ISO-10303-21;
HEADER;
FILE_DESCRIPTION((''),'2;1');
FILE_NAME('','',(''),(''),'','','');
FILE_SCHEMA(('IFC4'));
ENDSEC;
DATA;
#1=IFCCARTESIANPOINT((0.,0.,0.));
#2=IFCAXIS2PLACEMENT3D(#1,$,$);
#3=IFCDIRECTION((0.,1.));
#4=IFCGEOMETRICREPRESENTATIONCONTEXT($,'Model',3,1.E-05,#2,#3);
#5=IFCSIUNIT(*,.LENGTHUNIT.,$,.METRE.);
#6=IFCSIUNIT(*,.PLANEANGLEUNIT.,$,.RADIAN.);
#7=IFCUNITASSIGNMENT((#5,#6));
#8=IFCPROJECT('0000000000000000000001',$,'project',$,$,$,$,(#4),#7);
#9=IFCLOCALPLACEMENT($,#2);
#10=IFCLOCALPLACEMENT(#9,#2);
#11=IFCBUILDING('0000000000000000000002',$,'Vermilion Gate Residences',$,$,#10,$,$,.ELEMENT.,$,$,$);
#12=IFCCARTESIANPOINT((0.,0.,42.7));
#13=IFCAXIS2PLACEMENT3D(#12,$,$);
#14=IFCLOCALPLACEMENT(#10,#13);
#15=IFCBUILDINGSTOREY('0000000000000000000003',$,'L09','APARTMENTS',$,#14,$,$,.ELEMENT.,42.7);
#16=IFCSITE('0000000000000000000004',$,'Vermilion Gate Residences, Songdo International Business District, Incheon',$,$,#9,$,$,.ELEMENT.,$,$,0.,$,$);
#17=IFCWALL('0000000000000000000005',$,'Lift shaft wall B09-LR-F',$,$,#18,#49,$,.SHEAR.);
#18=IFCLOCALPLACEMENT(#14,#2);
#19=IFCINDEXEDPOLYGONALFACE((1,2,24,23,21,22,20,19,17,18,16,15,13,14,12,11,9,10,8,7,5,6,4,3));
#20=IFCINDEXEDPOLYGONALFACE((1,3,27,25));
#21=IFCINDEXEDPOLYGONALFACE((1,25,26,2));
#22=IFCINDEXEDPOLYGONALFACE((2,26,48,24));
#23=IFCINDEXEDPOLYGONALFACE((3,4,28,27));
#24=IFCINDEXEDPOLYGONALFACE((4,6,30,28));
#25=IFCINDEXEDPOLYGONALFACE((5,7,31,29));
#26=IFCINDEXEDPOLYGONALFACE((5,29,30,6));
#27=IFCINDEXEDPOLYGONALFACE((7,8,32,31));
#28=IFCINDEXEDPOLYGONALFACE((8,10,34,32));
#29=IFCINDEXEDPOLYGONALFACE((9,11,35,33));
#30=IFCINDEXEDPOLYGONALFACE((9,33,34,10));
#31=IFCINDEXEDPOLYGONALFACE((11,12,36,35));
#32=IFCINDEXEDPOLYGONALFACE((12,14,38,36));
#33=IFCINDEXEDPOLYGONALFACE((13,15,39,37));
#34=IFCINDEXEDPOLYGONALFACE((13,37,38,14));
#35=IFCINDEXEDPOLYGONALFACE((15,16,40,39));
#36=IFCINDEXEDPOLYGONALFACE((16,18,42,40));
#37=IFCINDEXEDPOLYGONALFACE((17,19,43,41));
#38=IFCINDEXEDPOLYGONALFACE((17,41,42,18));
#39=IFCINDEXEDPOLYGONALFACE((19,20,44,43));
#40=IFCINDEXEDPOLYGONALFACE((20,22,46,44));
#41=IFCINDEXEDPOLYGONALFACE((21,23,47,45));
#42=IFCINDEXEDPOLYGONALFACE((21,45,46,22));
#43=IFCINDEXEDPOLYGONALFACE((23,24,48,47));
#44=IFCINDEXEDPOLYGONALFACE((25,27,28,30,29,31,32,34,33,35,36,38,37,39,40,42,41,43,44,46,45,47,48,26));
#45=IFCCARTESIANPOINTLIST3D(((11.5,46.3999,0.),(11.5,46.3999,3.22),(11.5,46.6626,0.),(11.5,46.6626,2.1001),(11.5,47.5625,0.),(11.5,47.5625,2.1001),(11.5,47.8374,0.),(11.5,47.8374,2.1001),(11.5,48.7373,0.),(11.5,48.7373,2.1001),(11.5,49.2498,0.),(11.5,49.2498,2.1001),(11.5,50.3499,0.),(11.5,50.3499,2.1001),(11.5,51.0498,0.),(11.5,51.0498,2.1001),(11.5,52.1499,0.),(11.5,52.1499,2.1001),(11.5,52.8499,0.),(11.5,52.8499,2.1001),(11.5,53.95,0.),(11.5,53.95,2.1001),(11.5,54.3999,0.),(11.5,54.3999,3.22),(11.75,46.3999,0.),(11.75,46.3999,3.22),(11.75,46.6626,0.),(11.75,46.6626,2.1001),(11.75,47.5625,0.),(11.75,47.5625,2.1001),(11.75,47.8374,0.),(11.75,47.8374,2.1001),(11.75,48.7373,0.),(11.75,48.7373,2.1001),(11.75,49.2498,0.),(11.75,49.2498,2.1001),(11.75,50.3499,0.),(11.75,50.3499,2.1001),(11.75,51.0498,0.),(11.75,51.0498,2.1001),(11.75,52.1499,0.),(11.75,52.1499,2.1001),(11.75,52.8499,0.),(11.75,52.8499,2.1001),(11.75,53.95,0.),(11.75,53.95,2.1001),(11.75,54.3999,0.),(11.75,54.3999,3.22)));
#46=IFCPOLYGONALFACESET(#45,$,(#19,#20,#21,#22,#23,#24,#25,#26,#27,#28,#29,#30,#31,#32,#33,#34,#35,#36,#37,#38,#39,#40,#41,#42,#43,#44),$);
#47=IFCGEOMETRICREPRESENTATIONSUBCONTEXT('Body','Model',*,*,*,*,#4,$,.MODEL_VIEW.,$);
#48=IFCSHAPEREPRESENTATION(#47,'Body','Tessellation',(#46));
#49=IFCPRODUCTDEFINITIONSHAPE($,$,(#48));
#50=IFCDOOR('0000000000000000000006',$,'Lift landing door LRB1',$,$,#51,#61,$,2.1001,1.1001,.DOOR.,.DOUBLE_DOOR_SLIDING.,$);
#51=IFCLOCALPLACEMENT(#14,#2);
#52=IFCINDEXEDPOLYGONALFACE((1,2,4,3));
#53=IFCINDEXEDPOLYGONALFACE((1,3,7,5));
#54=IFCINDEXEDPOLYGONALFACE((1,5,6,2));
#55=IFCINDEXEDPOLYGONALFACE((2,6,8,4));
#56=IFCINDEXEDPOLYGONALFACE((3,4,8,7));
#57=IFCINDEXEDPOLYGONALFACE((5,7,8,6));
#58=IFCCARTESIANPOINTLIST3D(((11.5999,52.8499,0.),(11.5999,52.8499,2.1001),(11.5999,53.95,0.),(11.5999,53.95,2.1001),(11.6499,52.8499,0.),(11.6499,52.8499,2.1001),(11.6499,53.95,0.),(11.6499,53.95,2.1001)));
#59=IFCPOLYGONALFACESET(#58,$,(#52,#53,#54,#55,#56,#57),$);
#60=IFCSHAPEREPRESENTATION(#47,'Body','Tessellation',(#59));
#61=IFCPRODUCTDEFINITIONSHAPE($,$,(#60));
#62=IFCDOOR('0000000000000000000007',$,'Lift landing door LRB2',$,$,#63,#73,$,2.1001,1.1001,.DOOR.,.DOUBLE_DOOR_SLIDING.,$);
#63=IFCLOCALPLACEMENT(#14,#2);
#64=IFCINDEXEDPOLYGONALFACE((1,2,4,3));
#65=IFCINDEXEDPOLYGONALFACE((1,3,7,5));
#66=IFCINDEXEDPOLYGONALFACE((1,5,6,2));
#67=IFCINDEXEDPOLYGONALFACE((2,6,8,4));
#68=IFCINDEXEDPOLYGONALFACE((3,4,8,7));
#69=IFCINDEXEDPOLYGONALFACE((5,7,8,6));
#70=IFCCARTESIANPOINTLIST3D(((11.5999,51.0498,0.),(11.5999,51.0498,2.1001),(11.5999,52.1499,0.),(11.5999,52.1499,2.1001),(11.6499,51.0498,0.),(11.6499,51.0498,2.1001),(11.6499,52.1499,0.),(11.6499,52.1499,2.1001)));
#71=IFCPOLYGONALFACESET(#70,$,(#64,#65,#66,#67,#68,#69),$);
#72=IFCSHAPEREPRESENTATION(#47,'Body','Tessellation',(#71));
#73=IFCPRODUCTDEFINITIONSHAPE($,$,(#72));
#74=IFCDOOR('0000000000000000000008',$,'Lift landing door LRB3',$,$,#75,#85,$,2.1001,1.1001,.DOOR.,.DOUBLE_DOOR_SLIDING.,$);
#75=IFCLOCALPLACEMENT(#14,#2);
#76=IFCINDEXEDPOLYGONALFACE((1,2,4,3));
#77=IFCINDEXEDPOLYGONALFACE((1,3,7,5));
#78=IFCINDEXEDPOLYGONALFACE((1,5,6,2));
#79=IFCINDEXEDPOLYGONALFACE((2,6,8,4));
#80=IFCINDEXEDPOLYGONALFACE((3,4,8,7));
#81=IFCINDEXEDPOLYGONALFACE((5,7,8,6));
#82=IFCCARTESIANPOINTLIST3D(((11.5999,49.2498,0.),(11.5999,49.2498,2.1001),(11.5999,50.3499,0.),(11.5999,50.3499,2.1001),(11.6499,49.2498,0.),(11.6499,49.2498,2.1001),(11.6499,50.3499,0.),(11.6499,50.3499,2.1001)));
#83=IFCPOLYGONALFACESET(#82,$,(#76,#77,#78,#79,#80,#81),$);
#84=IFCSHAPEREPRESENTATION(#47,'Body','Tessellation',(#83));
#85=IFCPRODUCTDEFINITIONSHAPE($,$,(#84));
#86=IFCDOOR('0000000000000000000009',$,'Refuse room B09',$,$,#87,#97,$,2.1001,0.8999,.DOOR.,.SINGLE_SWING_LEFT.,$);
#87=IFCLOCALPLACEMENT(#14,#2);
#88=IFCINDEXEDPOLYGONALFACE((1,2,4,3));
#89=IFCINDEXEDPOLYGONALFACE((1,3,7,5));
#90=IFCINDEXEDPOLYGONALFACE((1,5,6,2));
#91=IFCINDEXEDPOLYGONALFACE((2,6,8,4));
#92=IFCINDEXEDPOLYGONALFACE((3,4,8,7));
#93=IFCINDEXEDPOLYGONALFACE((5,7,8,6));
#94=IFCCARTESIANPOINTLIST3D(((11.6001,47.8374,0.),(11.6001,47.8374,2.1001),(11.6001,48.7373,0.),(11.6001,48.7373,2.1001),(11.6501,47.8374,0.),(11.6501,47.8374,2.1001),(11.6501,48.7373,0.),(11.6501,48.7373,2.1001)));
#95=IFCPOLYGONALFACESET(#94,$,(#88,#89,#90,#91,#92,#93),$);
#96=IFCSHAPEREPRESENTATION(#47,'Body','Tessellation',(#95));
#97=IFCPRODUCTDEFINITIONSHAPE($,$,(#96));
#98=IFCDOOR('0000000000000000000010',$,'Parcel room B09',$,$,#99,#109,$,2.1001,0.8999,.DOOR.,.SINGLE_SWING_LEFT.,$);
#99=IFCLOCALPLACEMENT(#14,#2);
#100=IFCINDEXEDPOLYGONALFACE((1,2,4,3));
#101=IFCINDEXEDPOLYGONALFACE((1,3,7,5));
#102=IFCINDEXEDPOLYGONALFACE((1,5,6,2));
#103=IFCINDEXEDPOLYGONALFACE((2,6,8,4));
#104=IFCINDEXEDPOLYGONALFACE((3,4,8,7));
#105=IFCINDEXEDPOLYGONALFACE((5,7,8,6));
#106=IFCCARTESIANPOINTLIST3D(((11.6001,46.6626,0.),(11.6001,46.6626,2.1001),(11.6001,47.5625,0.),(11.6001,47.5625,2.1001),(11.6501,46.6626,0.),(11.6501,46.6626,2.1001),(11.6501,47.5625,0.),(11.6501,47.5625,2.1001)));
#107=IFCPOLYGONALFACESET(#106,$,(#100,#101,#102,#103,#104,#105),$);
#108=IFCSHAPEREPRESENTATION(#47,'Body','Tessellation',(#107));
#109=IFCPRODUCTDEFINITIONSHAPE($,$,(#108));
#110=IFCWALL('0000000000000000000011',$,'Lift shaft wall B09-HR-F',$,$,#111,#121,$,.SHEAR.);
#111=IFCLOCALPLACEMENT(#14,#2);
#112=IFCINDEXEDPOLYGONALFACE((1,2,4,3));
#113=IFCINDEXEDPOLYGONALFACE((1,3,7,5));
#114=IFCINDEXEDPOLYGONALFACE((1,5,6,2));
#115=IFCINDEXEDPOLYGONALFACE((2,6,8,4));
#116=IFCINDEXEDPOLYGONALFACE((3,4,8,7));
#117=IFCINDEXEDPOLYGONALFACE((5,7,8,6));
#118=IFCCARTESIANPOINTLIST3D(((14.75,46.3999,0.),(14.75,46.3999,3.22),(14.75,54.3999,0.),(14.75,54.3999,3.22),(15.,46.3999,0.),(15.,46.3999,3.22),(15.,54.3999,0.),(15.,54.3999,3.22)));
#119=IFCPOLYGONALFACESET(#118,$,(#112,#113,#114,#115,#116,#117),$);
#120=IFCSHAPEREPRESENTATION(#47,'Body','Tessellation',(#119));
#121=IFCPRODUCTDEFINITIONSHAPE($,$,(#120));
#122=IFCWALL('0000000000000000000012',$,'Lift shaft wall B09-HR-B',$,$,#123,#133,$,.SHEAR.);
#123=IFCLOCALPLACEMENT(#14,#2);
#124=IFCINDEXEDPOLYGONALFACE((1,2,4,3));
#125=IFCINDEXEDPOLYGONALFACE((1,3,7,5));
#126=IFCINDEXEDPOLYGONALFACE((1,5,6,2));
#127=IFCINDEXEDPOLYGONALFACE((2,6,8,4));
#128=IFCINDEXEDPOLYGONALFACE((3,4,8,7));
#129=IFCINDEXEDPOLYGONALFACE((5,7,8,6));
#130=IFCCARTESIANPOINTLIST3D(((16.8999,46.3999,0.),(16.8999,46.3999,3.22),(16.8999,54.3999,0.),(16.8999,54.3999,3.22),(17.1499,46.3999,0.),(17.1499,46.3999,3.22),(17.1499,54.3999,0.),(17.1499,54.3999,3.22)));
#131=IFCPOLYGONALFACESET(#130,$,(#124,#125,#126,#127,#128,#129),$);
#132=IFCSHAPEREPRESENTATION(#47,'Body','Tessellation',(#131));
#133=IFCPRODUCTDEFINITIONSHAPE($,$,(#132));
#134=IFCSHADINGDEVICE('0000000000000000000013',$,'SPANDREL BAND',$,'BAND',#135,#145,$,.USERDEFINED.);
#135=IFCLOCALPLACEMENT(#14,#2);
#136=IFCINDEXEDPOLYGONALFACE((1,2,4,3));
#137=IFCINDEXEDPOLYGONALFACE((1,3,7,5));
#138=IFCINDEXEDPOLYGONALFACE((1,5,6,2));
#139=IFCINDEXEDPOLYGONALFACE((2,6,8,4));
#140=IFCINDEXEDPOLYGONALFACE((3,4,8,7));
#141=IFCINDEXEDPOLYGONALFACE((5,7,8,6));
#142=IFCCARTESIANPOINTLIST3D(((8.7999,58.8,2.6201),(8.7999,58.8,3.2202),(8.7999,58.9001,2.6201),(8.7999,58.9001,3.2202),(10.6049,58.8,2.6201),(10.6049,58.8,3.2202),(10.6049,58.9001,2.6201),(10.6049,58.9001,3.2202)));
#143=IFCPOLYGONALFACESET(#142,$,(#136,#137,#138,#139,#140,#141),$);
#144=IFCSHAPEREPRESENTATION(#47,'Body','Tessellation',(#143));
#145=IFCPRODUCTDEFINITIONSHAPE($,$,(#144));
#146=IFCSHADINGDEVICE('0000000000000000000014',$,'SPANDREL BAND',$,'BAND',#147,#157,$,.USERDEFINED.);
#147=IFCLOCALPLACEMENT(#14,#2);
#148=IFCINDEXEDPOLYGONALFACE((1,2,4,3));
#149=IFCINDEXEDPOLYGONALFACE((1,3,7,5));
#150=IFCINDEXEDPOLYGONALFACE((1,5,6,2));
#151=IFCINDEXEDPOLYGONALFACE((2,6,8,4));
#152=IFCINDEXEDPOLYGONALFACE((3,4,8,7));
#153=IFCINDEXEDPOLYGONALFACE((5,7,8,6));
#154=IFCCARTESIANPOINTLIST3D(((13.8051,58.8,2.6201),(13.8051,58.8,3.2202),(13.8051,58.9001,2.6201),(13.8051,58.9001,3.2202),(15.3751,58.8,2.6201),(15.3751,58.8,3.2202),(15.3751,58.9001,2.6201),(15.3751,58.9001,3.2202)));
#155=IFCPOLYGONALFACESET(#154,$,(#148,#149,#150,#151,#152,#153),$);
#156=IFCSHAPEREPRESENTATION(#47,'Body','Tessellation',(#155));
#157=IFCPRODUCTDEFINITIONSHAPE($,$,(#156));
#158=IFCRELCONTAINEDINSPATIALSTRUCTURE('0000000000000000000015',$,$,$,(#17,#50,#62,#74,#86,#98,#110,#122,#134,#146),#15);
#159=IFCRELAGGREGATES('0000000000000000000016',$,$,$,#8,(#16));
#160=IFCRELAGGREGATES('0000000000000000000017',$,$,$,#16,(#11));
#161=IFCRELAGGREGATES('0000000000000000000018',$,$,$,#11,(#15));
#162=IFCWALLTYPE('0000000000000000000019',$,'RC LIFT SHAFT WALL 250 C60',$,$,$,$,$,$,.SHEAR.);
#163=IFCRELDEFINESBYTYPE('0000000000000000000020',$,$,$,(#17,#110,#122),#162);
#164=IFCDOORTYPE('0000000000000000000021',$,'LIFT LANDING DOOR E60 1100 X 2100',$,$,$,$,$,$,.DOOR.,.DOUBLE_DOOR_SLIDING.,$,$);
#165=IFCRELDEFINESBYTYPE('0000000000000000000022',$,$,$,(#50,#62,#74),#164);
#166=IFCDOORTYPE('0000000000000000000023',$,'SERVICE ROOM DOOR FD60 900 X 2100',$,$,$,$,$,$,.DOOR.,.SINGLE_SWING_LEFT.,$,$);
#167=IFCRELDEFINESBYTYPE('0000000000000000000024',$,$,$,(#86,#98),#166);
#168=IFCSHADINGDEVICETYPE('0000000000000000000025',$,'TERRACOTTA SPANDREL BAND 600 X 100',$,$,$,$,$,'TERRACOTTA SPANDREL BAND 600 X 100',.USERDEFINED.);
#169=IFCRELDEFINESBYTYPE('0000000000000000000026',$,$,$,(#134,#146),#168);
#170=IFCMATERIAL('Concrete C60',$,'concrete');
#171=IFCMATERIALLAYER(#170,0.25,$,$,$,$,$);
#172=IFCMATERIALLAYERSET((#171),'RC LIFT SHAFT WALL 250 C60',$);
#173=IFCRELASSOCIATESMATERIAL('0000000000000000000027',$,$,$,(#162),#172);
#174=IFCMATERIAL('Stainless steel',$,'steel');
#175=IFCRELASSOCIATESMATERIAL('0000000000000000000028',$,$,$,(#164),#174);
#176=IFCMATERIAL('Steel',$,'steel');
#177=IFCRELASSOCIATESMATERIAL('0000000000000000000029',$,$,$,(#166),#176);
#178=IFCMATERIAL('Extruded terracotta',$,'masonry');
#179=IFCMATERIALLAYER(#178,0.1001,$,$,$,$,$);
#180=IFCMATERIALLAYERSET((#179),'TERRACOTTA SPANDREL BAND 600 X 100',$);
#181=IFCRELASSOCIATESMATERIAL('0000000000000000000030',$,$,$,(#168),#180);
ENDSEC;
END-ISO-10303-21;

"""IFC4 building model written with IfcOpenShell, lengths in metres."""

from ifc_helpers import new_model, si_unit, direction, frame, frame_2d, origin, origin_2d, place, context, subcontext, project, spatial, rectangle, extrude, material, layer, layer_set, type_object, element, fill, save


model = new_model("IFC4")

# Units and contexts
model_context = context("Model", 3, precision=1e-05, world=origin(), true_north=direction((0.0, 1.0)))
body_context = subcontext(model_context, "Body", "Model", "MODEL_VIEW")
ifc_project = project(units=[si_unit("LENGTHUNIT", "METRE"), si_unit("PLANEANGLEUNIT", "RADIAN")], contexts=[model_context])

# Site, building, storey
site_placement = place(None, origin())
site = spatial("IfcSite", under=ifc_project, at=site_placement, Name="Vermilion Gate Residences, Songdo International Business District, Incheon", CompositionType="ELEMENT", RefElevation=0.0)
building_placement = place(site_placement, origin())
building = spatial("IfcBuilding", under=site, at=building_placement, Name="Vermilion Gate Residences", CompositionType="ELEMENT")
storey_placement = place(building_placement, frame((0.0, 0.0, 42.7)))
storey = spatial("IfcBuildingStorey", under=building, at=storey_placement, Name="L09", Description="APARTMENTS", CompositionType="ELEMENT", Elevation=42.7)

# Wall, openings, doors
ifc_material_1 = material(Name="Concrete C60", Category="concrete")
ifc_layer_1 = layer(ifc_material_1, 0.25)
ifc_layer_set_1 = layer_set([ifc_layer_1], Name="RC LIFT SHAFT WALL 250 C60")
wall_type_1 = type_object("IfcWallType", Name="RC LIFT SHAFT WALL 250 C60", PredefinedType="SHEAR", material=ifc_layer_set_1)
wall_1_placement = place(storey_placement, frame((11.625, 54.3999, 0.0), z_axis=(0.0, 0.0, 1.0), x_axis=(0.0, -1.0, 0.0)))
wall_1 = element("IfcWall", 1, at=wall_1_placement, inside=storey, type_object=wall_type_1, Name="Lift shaft wall B09-LR-F", PredefinedType="SHEAR", context=body_context, shape_type="SweptSolid", body=[
    extrude(rectangle(XDim=8.0, YDim=0.25, at=frame_2d((4.0, 0.0))), origin(), (0.0, 0.0, 1.0), 3.22),
])
opening_1_placement = place(wall_1_placement, frame((0.45, 0.0, 0.0)))
opening_1 = element("IfcOpeningElement", 2, at=opening_1_placement, cuts=wall_1, PredefinedType="OPENING", context=body_context, shape_type="SweptSolid", body=[
    extrude(rectangle(XDim=1.1001, YDim=2.1001, at=frame_2d((0.55, 1.05))), frame((0.0, 0.135, 0.0), z_axis=(0.0, -1.0, 0.0), x_axis=(1.0, 0.0, 0.0)), (0.0, 0.0, 1.0), 0.27),
])
opening_2_placement = place(wall_1_placement, frame((2.25, 0.0, 0.0)))
opening_2 = element("IfcOpeningElement", 3, at=opening_2_placement, cuts=wall_1, PredefinedType="OPENING", context=body_context, shape_type="SweptSolid", body=[
    extrude(rectangle(XDim=1.1001, YDim=2.1001, at=frame_2d((0.55, 1.05))), frame((0.0, 0.135, 0.0), z_axis=(0.0, -1.0, 0.0), x_axis=(1.0, 0.0, 0.0)), (0.0, 0.0, 1.0), 0.27),
])
opening_3_placement = place(wall_1_placement, frame((4.05, 0.0, 0.0)))
opening_3 = element("IfcOpeningElement", 4, at=opening_3_placement, cuts=wall_1, PredefinedType="OPENING", context=body_context, shape_type="SweptSolid", body=[
    extrude(rectangle(XDim=1.1001, YDim=2.1001, at=frame_2d((0.55, 1.05))), frame((0.0, 0.135, 0.0), z_axis=(0.0, -1.0, 0.0), x_axis=(1.0, 0.0, 0.0)), (0.0, 0.0, 1.0), 0.27),
])
opening_4_placement = place(wall_1_placement, frame((5.6626, 0.0, 0.0)))
opening_4 = element("IfcOpeningElement", 5, at=opening_4_placement, cuts=wall_1, PredefinedType="OPENING", context=body_context, shape_type="SweptSolid", body=[
    extrude(rectangle(XDim=0.8999, YDim=2.1001, at=frame_2d((0.45, 1.05))), frame((0.0, 0.135, 0.0), z_axis=(0.0, -1.0, 0.0), x_axis=(1.0, 0.0, 0.0)), (0.0, 0.0, 1.0), 0.27),
])
opening_5_placement = place(wall_1_placement, frame((6.8374, 0.0, 0.0)))
opening_5 = element("IfcOpeningElement", 6, at=opening_5_placement, cuts=wall_1, PredefinedType="OPENING", context=body_context, shape_type="SweptSolid", body=[
    extrude(rectangle(XDim=0.8999, YDim=2.1001, at=frame_2d((0.45, 1.05))), frame((0.0, 0.135, 0.0), z_axis=(0.0, -1.0, 0.0), x_axis=(1.0, 0.0, 0.0)), (0.0, 0.0, 1.0), 0.27),
])
ifc_material_2 = material(Name="Stainless steel", Category="steel")
door_type_1 = type_object("IfcDoorType", Name="LIFT LANDING DOOR E60 1100 X 2100", OperationType="DOUBLE_DOOR_SLIDING", PredefinedType="DOOR", material=ifc_material_2)
door_1_placement = place(opening_1_placement, origin())
door_1 = element("IfcDoor", 7, at=door_1_placement, inside=storey, type_object=door_type_1, Name="Lift landing door LRB1", OperationType="DOUBLE_DOOR_SLIDING", OverallHeight=2.1001, OverallWidth=1.1001, PredefinedType="DOOR", context=body_context, shape_type="SweptSolid", body=[
    extrude(rectangle(XDim=1.1001, YDim=2.1001, at=frame_2d((0.55, 1.05))), frame((0.0, 0.0249, 0.0), z_axis=(0.0, -1.0, 0.0), x_axis=(1.0, 0.0, 0.0)), (0.0, 0.0, 1.0), 0.05),
])
fill(opening_1, door_1)
door_2_placement = place(opening_2_placement, origin())
door_2 = element("IfcDoor", 8, at=door_2_placement, inside=storey, type_object=door_type_1, Name="Lift landing door LRB2", OperationType="DOUBLE_DOOR_SLIDING", OverallHeight=2.1001, OverallWidth=1.1001, PredefinedType="DOOR", context=body_context, shape_type="SweptSolid", body=[
    extrude(rectangle(XDim=1.1001, YDim=2.1001, at=frame_2d((0.55, 1.05))), frame((0.0, 0.0249, 0.0), z_axis=(0.0, -1.0, 0.0), x_axis=(1.0, 0.0, 0.0)), (0.0, 0.0, 1.0), 0.05),
])
fill(opening_2, door_2)
door_3_placement = place(opening_3_placement, origin())
door_3 = element("IfcDoor", 9, at=door_3_placement, inside=storey, type_object=door_type_1, Name="Lift landing door LRB3", OperationType="DOUBLE_DOOR_SLIDING", OverallHeight=2.1001, OverallWidth=1.1001, PredefinedType="DOOR", context=body_context, shape_type="SweptSolid", body=[
    extrude(rectangle(XDim=1.1001, YDim=2.1001, at=frame_2d((0.55, 1.05))), frame((0.0, 0.0249, 0.0), z_axis=(0.0, -1.0, 0.0), x_axis=(1.0, 0.0, 0.0)), (0.0, 0.0, 1.0), 0.05),
])
fill(opening_3, door_3)
ifc_material_3 = material(Name="Steel", Category="steel")
door_type_2 = type_object("IfcDoorType", Name="SERVICE ROOM DOOR FD60 900 X 2100", OperationType="SINGLE_SWING_LEFT", PredefinedType="DOOR", material=ifc_material_3)
door_4_placement = place(opening_4_placement, frame((0.8999, 0.0, 0.0), z_axis=(0.0, 0.0, 1.0), x_axis=(-1.0, 0.0, 0.0)))
door_4 = element("IfcDoor", 10, at=door_4_placement, inside=storey, type_object=door_type_2, Name="Refuse room B09", OperationType="SINGLE_SWING_LEFT", OverallHeight=2.1001, OverallWidth=0.8999, PredefinedType="DOOR", context=body_context, shape_type="SweptSolid", body=[
    extrude(rectangle(XDim=0.8999, YDim=2.1001, at=frame_2d((0.45, 1.05))), frame((0.0, 0.0249, 0.0), z_axis=(0.0, -1.0, 0.0), x_axis=(1.0, 0.0, 0.0)), (0.0, 0.0, 1.0), 0.05),
])
fill(opening_4, door_4)
door_5_placement = place(opening_5_placement, frame((0.8999, 0.0, 0.0), z_axis=(0.0, 0.0, 1.0), x_axis=(-1.0, 0.0, 0.0)))
door_5 = element("IfcDoor", 11, at=door_5_placement, inside=storey, type_object=door_type_2, Name="Parcel room B09", OperationType="SINGLE_SWING_LEFT", OverallHeight=2.1001, OverallWidth=0.8999, PredefinedType="DOOR", context=body_context, shape_type="SweptSolid", body=[
    extrude(rectangle(XDim=0.8999, YDim=2.1001, at=frame_2d((0.45, 1.05))), frame((0.0, 0.0249, 0.0), z_axis=(0.0, -1.0, 0.0), x_axis=(1.0, 0.0, 0.0)), (0.0, 0.0, 1.0), 0.05),
])
fill(opening_5, door_5)

# Walls
for number, where, z_axis, x_axis, name in (
    (12, (14.875, 54.3999, 0.0), (0.0, 0.0, 1.0), (0.0, -1.0, 0.0), "Lift shaft wall B09-HR-F"),
    (13, (17.0249, 54.3999, 0.0), (0.0, 0.0, 1.0), (0.0, -1.0, 0.0), "Lift shaft wall B09-HR-B"),
):
    element("IfcWall", number, at=place(storey_placement, frame(where, z_axis=z_axis, x_axis=x_axis)), inside=storey, type_object=wall_type_1, Name=name, PredefinedType="SHEAR", context=body_context, shape_type="SweptSolid", body=[
        extrude(rectangle(XDim=8.0, YDim=0.25, at=frame_2d((4.0, 0.0))), origin(), (0.0, 0.0, 1.0), 3.22),
    ])

# Shading devices
ifc_material_4 = material(Name="Extruded terracotta", Category="masonry")
ifc_layer_2 = layer(ifc_material_4, 0.1001)
ifc_layer_set_2 = layer_set([ifc_layer_2], Name="TERRACOTTA SPANDREL BAND 600 X 100")
shading_device_type = type_object("IfcShadingDeviceType", Name="TERRACOTTA SPANDREL BAND 600 X 100", ElementType="TERRACOTTA SPANDREL BAND 600 X 100", PredefinedType="USERDEFINED", material=ifc_layer_set_2)
shading_device_1_placement = place(storey_placement, frame((9.7024, 58.8501, 2.6201), z_axis=(0.0, 0.0, 1.0), x_axis=(1.0, 0.0, 0.0)))
element("IfcShadingDevice", 14, at=shading_device_1_placement, inside=storey, type_object=shading_device_type, Name="SPANDREL BAND", ObjectType="BAND", PredefinedType="USERDEFINED", context=body_context, shape_type="SweptSolid", body=[
    extrude(rectangle(XDim=1.8049, YDim=0.1001, at=origin_2d()), origin(), (0.0, 0.0, 1.0), 0.6001),
])
shading_device_2_placement = place(storey_placement, frame((14.5901, 58.8501, 2.6201), z_axis=(0.0, 0.0, 1.0), x_axis=(1.0, 0.0, 0.0)))
element("IfcShadingDevice", 15, at=shading_device_2_placement, inside=storey, type_object=shading_device_type, Name="SPANDREL BAND", ObjectType="BAND", PredefinedType="USERDEFINED", context=body_context, shape_type="SweptSolid", body=[
    extrude(rectangle(XDim=1.5701, YDim=0.1001, at=origin_2d()), origin(), (0.0, 0.0, 1.0), 0.6001),
])

save(model, "model.ifc")
